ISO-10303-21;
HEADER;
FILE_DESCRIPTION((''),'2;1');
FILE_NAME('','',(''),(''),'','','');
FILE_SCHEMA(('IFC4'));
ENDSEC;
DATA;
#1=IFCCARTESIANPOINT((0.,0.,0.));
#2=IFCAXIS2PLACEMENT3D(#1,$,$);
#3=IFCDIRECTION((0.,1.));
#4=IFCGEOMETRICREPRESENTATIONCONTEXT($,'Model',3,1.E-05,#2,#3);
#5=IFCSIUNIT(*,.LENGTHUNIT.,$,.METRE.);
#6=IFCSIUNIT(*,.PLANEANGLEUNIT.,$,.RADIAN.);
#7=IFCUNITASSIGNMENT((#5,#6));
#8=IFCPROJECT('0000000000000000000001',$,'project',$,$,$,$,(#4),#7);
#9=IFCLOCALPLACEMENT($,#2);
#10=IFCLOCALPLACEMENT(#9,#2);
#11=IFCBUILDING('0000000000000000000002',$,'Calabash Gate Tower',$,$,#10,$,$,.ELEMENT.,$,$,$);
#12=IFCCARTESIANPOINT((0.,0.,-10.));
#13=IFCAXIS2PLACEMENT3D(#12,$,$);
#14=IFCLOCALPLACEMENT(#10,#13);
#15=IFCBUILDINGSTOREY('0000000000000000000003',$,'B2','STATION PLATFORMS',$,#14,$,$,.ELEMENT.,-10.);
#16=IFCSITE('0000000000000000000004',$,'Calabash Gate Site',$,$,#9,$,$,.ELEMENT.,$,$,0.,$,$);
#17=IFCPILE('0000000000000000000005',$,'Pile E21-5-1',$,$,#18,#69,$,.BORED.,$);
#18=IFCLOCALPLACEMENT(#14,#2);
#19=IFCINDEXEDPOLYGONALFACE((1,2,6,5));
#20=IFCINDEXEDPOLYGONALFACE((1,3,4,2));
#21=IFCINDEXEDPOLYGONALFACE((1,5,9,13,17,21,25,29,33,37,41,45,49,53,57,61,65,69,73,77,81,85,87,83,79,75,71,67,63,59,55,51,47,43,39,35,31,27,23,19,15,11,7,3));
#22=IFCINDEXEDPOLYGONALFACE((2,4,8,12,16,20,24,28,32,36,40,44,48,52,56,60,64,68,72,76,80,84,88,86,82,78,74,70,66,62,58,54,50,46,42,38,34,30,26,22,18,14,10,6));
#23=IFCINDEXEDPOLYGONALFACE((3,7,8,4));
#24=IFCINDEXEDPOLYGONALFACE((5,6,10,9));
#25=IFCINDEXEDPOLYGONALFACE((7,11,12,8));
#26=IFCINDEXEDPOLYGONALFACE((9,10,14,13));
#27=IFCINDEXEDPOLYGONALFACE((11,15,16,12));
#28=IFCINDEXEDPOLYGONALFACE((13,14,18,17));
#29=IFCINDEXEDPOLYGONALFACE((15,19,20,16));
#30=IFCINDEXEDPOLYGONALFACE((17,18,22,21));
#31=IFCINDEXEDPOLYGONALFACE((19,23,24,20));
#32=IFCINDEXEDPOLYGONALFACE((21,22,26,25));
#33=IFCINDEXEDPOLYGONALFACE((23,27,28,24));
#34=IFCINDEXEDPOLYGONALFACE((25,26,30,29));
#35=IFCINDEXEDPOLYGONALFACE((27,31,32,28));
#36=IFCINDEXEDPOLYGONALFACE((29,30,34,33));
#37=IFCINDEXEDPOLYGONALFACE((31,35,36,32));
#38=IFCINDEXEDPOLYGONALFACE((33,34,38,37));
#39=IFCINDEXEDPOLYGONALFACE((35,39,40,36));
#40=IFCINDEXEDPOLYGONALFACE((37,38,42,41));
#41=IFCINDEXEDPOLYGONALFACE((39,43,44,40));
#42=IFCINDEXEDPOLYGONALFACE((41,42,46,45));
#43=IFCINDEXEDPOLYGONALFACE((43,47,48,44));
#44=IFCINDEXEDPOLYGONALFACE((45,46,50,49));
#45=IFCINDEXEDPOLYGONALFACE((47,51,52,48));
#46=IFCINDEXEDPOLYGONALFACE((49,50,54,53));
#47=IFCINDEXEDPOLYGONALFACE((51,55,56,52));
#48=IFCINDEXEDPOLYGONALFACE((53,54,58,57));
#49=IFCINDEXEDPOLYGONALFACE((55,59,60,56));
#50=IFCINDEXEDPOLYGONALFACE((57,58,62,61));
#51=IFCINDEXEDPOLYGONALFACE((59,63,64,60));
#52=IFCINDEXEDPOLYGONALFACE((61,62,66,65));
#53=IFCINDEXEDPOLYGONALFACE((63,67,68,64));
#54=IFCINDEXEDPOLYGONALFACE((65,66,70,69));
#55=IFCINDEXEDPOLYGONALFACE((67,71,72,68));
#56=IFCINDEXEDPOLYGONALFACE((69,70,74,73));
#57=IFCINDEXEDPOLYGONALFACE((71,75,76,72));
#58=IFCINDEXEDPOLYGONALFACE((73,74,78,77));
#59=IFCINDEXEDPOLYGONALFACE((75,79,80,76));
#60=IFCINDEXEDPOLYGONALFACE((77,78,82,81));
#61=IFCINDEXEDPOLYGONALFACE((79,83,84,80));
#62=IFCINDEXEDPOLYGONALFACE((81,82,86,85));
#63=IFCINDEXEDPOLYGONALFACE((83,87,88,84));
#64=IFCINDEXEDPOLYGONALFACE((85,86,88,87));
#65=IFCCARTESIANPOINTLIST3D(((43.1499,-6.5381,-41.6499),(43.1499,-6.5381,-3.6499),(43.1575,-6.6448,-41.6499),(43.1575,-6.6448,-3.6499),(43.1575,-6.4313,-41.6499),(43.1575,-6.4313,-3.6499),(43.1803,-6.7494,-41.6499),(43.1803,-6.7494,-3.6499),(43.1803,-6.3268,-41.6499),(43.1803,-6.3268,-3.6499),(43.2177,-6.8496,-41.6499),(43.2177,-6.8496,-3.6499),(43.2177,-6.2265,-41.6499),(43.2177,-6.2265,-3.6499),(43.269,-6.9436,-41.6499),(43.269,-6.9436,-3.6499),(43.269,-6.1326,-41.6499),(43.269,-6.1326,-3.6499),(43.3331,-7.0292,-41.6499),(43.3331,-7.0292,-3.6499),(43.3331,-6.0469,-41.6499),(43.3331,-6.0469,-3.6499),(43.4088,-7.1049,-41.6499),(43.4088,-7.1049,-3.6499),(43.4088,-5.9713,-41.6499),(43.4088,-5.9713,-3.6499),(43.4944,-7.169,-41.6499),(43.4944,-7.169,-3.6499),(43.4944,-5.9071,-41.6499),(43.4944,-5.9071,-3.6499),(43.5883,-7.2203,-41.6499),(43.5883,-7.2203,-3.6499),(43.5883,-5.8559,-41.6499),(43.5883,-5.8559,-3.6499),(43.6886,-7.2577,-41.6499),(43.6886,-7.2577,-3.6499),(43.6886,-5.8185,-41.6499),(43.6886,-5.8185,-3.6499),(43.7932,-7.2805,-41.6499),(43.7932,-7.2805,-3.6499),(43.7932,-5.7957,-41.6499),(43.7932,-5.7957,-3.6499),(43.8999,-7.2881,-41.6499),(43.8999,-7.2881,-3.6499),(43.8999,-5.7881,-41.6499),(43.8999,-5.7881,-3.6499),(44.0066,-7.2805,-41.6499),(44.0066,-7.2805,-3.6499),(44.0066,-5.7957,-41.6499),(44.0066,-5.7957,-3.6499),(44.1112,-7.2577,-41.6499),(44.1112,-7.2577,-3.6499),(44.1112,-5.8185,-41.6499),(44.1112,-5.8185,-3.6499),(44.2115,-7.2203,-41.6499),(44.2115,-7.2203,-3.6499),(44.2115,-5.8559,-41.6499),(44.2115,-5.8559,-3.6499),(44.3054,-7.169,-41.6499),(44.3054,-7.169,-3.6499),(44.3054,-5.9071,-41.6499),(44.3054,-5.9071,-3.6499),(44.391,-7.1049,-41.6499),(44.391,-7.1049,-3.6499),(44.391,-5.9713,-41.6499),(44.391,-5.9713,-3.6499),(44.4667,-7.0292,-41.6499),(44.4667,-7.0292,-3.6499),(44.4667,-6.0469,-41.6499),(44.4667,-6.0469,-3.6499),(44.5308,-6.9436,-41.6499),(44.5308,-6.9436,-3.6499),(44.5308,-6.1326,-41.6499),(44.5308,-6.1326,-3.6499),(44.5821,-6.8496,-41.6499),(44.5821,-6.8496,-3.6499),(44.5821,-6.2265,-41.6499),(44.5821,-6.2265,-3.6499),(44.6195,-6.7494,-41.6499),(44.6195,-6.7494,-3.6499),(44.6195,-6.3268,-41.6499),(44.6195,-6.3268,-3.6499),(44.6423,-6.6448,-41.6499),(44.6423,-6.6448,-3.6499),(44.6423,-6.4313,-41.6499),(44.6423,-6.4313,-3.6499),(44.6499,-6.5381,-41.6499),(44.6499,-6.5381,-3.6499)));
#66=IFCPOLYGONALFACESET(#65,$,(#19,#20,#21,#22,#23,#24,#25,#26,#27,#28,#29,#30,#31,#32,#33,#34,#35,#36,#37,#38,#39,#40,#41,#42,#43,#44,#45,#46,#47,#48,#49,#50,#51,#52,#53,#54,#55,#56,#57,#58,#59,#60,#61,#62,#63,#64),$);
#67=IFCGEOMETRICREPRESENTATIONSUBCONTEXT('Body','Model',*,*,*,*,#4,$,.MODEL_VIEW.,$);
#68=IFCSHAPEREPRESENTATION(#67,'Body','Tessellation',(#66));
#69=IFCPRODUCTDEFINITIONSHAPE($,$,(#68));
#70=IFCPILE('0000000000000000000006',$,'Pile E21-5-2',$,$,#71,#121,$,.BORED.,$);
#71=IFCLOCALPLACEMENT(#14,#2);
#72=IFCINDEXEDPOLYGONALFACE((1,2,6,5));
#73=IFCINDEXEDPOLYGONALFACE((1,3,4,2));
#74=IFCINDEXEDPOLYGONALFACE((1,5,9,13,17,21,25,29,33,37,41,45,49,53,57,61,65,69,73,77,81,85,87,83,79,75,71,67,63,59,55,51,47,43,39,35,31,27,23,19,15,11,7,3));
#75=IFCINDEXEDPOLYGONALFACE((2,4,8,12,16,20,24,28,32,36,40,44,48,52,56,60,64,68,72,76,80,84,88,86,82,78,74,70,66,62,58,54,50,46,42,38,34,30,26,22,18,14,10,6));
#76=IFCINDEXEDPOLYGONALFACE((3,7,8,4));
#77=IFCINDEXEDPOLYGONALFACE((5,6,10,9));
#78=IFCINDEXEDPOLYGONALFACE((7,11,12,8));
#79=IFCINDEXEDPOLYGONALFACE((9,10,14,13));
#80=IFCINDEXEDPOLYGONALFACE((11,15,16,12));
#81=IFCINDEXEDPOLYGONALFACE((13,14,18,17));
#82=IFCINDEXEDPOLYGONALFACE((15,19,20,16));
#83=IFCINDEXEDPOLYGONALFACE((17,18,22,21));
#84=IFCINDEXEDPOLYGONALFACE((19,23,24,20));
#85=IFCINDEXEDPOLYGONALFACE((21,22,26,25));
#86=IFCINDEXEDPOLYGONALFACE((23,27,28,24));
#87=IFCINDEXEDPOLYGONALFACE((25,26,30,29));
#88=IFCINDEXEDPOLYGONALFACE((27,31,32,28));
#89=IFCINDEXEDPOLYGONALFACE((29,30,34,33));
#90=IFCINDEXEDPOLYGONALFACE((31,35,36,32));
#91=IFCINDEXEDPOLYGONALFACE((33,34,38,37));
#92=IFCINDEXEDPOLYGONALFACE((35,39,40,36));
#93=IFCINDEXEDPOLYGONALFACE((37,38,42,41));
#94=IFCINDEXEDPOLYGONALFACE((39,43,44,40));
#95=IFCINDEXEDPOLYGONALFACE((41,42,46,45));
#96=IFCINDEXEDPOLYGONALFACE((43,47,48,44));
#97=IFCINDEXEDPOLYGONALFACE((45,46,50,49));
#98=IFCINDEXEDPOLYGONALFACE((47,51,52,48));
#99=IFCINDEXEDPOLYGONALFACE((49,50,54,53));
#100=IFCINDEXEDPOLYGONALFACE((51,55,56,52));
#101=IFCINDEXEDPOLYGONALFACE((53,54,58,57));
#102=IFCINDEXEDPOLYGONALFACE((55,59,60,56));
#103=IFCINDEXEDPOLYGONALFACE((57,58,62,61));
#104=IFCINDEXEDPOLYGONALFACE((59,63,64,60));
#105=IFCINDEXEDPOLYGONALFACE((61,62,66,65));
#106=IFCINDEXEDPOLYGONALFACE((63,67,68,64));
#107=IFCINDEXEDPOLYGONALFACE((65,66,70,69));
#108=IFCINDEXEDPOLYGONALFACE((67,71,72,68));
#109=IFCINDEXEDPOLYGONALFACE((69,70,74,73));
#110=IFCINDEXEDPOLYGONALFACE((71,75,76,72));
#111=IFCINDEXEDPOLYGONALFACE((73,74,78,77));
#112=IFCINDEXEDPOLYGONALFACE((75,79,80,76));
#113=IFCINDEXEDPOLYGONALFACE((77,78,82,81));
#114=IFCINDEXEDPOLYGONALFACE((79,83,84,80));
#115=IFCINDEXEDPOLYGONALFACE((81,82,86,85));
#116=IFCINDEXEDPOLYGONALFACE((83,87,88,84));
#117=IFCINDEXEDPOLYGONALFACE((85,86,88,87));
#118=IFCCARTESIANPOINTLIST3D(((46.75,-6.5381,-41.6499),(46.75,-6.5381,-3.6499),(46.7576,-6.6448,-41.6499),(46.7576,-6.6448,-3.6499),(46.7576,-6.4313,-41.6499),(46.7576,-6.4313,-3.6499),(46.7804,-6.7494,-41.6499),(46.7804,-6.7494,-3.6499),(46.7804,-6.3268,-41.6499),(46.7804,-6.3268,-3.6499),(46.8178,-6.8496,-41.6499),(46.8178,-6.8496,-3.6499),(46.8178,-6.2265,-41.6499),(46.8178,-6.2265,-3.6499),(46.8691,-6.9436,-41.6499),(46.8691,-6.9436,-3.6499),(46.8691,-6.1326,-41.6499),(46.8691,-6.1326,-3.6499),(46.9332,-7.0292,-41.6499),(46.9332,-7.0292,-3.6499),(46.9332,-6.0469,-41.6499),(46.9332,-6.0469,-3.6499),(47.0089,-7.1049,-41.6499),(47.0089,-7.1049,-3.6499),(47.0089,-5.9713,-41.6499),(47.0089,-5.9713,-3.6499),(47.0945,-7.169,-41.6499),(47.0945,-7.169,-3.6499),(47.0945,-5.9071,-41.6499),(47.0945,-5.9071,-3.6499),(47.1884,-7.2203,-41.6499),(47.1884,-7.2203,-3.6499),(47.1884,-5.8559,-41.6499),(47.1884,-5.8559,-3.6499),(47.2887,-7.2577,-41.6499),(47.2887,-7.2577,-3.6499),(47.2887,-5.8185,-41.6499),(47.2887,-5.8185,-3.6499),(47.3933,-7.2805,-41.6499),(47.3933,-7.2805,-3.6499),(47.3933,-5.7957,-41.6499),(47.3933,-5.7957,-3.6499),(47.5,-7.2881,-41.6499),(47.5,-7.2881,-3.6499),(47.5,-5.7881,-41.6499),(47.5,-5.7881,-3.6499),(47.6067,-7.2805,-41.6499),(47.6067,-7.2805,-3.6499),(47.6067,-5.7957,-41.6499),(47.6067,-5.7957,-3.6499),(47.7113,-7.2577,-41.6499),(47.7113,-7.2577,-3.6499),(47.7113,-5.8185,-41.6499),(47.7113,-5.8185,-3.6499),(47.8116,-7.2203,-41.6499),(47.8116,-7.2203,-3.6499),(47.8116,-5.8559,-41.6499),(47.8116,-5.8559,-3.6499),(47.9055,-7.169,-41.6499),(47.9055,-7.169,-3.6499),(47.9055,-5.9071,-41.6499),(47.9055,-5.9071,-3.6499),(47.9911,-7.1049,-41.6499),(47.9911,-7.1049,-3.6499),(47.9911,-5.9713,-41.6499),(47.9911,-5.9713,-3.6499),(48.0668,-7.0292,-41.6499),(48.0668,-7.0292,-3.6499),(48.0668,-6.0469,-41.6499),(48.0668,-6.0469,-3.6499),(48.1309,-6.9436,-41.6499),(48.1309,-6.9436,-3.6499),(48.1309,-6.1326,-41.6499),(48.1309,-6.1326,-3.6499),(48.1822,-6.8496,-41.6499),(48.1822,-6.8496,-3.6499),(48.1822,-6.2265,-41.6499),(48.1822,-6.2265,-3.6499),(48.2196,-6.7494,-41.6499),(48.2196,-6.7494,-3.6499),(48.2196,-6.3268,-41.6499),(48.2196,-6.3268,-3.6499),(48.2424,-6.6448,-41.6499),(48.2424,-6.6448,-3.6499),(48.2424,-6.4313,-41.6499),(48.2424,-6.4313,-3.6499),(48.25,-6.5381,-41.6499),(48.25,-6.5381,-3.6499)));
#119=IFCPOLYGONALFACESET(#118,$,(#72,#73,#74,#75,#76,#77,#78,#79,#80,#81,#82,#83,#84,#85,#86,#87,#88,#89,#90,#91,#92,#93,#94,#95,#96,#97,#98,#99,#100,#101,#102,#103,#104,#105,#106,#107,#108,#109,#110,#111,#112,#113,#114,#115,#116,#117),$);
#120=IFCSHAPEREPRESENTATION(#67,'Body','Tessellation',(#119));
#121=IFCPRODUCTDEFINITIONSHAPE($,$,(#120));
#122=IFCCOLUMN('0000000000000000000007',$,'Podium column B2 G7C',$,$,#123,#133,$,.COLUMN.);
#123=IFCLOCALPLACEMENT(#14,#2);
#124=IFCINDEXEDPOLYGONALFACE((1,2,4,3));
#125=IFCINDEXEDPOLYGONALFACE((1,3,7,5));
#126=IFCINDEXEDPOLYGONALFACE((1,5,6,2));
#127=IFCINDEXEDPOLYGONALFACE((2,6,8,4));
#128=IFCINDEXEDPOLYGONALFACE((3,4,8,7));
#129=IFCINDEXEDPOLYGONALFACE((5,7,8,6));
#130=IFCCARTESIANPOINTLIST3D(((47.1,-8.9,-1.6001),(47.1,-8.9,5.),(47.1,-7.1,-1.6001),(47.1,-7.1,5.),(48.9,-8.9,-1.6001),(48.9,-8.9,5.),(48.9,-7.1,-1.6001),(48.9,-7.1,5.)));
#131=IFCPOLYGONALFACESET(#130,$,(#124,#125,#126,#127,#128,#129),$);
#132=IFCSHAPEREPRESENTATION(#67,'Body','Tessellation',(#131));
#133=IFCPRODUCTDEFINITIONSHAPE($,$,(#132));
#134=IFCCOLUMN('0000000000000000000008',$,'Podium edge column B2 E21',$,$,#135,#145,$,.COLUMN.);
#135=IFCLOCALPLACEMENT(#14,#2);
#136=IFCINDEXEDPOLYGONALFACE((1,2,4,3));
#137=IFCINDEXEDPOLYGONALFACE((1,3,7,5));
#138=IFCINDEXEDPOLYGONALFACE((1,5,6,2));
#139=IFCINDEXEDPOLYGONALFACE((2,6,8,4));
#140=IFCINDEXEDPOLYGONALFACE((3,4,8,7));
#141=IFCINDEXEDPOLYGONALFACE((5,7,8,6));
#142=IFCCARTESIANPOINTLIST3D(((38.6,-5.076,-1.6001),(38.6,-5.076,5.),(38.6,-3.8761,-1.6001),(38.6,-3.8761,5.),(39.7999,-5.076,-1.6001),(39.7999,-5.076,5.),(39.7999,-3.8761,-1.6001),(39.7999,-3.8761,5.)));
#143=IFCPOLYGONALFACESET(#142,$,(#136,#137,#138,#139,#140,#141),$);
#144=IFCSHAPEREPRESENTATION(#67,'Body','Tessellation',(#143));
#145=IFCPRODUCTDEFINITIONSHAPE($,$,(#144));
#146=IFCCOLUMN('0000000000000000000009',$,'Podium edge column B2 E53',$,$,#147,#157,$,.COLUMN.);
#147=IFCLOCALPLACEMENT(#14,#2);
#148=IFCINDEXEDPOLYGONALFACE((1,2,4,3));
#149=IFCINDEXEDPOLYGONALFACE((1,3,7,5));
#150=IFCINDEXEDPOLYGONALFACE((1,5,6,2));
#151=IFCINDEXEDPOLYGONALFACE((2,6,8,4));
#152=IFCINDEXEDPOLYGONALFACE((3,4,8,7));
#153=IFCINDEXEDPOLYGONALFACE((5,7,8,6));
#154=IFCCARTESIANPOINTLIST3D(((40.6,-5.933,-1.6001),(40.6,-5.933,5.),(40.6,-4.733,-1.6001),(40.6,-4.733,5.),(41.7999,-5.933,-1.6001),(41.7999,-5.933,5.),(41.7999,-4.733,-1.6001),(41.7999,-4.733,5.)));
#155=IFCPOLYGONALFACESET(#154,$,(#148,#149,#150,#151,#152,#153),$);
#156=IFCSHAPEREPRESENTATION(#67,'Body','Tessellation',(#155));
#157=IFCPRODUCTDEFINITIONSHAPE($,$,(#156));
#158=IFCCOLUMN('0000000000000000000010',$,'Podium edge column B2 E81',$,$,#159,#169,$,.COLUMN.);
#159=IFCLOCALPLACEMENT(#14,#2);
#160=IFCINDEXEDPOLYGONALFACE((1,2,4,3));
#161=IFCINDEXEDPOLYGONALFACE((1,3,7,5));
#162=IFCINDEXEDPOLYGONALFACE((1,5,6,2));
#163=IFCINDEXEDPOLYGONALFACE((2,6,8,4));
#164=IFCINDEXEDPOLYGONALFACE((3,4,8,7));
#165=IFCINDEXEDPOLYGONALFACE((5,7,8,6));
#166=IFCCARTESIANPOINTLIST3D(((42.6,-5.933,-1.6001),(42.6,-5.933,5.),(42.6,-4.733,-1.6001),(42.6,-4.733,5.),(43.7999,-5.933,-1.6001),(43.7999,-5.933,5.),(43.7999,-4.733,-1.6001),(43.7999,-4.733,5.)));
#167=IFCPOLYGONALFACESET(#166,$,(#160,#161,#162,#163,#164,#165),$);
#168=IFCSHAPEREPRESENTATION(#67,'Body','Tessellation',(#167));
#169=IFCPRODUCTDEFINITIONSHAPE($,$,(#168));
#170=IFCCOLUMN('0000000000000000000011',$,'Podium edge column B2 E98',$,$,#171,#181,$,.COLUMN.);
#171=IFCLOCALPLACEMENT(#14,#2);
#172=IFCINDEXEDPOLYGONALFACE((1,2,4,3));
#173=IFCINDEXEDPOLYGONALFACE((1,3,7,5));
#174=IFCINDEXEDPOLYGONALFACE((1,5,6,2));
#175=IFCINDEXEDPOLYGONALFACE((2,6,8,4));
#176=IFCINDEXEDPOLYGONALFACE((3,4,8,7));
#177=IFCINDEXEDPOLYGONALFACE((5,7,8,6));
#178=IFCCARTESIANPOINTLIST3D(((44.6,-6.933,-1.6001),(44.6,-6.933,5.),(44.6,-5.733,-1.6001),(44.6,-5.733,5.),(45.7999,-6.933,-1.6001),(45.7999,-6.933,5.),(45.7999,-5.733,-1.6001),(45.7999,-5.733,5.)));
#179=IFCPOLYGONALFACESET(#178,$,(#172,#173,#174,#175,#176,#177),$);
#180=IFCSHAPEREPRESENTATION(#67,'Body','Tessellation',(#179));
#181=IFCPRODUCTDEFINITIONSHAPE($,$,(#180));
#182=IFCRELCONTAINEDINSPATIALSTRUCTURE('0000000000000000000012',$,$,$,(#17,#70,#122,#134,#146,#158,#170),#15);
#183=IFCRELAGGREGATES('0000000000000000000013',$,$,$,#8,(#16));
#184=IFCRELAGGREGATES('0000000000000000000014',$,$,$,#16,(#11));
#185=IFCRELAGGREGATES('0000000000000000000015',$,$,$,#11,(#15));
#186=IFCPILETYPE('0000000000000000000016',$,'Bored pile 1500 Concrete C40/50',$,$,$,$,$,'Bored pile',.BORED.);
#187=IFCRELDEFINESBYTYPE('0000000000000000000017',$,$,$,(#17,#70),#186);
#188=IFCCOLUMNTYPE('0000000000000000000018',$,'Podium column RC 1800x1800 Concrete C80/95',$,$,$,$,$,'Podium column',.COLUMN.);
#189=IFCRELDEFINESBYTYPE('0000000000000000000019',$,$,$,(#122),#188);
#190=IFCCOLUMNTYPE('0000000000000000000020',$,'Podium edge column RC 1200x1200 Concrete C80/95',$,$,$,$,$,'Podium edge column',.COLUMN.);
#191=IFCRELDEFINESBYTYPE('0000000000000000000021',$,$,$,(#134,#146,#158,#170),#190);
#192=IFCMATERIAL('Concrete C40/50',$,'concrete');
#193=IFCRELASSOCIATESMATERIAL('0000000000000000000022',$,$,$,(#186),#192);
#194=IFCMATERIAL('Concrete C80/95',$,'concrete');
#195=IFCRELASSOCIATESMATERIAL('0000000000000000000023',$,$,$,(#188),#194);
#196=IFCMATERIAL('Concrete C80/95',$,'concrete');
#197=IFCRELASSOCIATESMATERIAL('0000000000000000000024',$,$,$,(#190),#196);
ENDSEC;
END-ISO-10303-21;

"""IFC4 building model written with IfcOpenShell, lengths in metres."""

from ifc_helpers import new_model, si_unit, direction, frame, origin, origin_2d, place, context, subcontext, project, spatial, rectangle, circle, extrude, material, material_profile, profile_set, type_object, element, save


model = new_model("IFC4")

# Units and contexts
model_context = context("Model", 3, precision=1e-05, world=origin(), true_north=direction((0.0, 1.0)))
body_context = subcontext(model_context, "Body", "Model", "MODEL_VIEW")
ifc_project = project(units=[si_unit("LENGTHUNIT", "METRE"), si_unit("PLANEANGLEUNIT", "RADIAN")], contexts=[model_context])

# Site, building, storey
site_placement = place(None, origin())
site = spatial("IfcSite", under=ifc_project, at=site_placement, Name="Calabash Gate Site", CompositionType="ELEMENT", RefElevation=0.0)
building_placement = place(site_placement, origin())
building = spatial("IfcBuilding", under=site, at=building_placement, Name="Calabash Gate Tower", CompositionType="ELEMENT")
storey_placement = place(building_placement, frame((0.0, 0.0, -10.0)))
storey = spatial("IfcBuildingStorey", under=building, at=storey_placement, Name="B2", Description="STATION PLATFORMS", CompositionType="ELEMENT", Elevation=-10.0)

# Piles
ifc_material_1 = material(Name="Concrete C40/50", Category="concrete")
ifc_material_profile_1 = material_profile(ifc_material_1, circle(Radius=0.75, at=origin_2d()))
ifc_profile_set_1 = profile_set([ifc_material_profile_1], Name="Concrete C40/50")
pile_type = type_object("IfcPileType", Name="Bored pile 1500 Concrete C40/50", ElementType="Bored pile", PredefinedType="BORED", material=ifc_profile_set_1)
for number, where, z_axis, x_axis, name in (
    (1, (43.8999, -6.5381, -3.6499), (0.0, 0.0, -1.0), (1.0, 0.0, 0.0), "Pile E21-5-1"),
    (2, (47.5, -6.5381, -3.6499), (0.0, 0.0, -1.0), (1.0, 0.0, 0.0), "Pile E21-5-2"),
):
    element("IfcPile", number, at=place(storey_placement, frame(where, z_axis=z_axis, x_axis=x_axis)), inside=storey, type_object=pile_type, Name=name, PredefinedType="BORED", context=body_context, shape_type="SweptSolid", body=[
        extrude(circle(Radius=0.75, at=origin_2d()), origin(), (0.0, 0.0, 1.0), 38.0),
    ])

# Columns
ifc_material_2 = material(Name="Concrete C80/95", Category="concrete")
ifc_material_profile_2 = material_profile(ifc_material_2, rectangle(XDim=1.8, YDim=1.8, at=origin_2d()))
ifc_profile_set_2 = profile_set([ifc_material_profile_2], Name="Concrete C80/95")
column_type_1 = type_object("IfcColumnType", Name="Podium column RC 1800x1800 Concrete C80/95", ElementType="Podium column", PredefinedType="COLUMN", material=ifc_profile_set_2)
column_placement = place(storey_placement, frame((48.0, -8.0, -1.6001), z_axis=(0.0, 0.0, 1.0), x_axis=(1.0, 0.0, 0.0)))
element("IfcColumn", 3, at=column_placement, inside=storey, type_object=column_type_1, Name="Podium column B2 G7C", PredefinedType="COLUMN", context=body_context, shape_type="SweptSolid", body=[
    extrude(rectangle(XDim=1.8, YDim=1.8, at=origin_2d()), origin(), (0.0, 0.0, 1.0), 6.6001),
])
ifc_material_3 = material(Name="Concrete C80/95", Category="concrete")
ifc_material_profile_3 = material_profile(ifc_material_3, rectangle(XDim=1.2, YDim=1.2, at=origin_2d()))
ifc_profile_set_3 = profile_set([ifc_material_profile_3], Name="Concrete C80/95")
column_type_2 = type_object("IfcColumnType", Name="Podium edge column RC 1200x1200 Concrete C80/95", ElementType="Podium edge column", PredefinedType="COLUMN", material=ifc_profile_set_3)
for number, where, z_axis, x_axis, name in (
    (4, (39.2, -4.4761, -1.6001), (0.0, 0.0, 1.0), (1.0, 0.0, 0.0), "Podium edge column B2 E21"),
    (5, (41.2, -5.333, -1.6001), (0.0, 0.0, 1.0), (1.0, 0.0, 0.0), "Podium edge column B2 E53"),
    (6, (43.2, -5.333, -1.6001), (0.0, 0.0, 1.0), (1.0, 0.0, 0.0), "Podium edge column B2 E81"),
    (7, (45.2, -6.333, -1.6001), (0.0, 0.0, 1.0), (1.0, 0.0, 0.0), "Podium edge column B2 E98"),
):
    element("IfcColumn", number, at=place(storey_placement, frame(where, z_axis=z_axis, x_axis=x_axis)), inside=storey, type_object=column_type_2, Name=name, PredefinedType="COLUMN", context=body_context, shape_type="SweptSolid", body=[
        extrude(rectangle(XDim=1.2, YDim=1.2, at=origin_2d()), origin(), (0.0, 0.0, 1.0), 6.6001),
    ])

save(model, "model.ifc")
